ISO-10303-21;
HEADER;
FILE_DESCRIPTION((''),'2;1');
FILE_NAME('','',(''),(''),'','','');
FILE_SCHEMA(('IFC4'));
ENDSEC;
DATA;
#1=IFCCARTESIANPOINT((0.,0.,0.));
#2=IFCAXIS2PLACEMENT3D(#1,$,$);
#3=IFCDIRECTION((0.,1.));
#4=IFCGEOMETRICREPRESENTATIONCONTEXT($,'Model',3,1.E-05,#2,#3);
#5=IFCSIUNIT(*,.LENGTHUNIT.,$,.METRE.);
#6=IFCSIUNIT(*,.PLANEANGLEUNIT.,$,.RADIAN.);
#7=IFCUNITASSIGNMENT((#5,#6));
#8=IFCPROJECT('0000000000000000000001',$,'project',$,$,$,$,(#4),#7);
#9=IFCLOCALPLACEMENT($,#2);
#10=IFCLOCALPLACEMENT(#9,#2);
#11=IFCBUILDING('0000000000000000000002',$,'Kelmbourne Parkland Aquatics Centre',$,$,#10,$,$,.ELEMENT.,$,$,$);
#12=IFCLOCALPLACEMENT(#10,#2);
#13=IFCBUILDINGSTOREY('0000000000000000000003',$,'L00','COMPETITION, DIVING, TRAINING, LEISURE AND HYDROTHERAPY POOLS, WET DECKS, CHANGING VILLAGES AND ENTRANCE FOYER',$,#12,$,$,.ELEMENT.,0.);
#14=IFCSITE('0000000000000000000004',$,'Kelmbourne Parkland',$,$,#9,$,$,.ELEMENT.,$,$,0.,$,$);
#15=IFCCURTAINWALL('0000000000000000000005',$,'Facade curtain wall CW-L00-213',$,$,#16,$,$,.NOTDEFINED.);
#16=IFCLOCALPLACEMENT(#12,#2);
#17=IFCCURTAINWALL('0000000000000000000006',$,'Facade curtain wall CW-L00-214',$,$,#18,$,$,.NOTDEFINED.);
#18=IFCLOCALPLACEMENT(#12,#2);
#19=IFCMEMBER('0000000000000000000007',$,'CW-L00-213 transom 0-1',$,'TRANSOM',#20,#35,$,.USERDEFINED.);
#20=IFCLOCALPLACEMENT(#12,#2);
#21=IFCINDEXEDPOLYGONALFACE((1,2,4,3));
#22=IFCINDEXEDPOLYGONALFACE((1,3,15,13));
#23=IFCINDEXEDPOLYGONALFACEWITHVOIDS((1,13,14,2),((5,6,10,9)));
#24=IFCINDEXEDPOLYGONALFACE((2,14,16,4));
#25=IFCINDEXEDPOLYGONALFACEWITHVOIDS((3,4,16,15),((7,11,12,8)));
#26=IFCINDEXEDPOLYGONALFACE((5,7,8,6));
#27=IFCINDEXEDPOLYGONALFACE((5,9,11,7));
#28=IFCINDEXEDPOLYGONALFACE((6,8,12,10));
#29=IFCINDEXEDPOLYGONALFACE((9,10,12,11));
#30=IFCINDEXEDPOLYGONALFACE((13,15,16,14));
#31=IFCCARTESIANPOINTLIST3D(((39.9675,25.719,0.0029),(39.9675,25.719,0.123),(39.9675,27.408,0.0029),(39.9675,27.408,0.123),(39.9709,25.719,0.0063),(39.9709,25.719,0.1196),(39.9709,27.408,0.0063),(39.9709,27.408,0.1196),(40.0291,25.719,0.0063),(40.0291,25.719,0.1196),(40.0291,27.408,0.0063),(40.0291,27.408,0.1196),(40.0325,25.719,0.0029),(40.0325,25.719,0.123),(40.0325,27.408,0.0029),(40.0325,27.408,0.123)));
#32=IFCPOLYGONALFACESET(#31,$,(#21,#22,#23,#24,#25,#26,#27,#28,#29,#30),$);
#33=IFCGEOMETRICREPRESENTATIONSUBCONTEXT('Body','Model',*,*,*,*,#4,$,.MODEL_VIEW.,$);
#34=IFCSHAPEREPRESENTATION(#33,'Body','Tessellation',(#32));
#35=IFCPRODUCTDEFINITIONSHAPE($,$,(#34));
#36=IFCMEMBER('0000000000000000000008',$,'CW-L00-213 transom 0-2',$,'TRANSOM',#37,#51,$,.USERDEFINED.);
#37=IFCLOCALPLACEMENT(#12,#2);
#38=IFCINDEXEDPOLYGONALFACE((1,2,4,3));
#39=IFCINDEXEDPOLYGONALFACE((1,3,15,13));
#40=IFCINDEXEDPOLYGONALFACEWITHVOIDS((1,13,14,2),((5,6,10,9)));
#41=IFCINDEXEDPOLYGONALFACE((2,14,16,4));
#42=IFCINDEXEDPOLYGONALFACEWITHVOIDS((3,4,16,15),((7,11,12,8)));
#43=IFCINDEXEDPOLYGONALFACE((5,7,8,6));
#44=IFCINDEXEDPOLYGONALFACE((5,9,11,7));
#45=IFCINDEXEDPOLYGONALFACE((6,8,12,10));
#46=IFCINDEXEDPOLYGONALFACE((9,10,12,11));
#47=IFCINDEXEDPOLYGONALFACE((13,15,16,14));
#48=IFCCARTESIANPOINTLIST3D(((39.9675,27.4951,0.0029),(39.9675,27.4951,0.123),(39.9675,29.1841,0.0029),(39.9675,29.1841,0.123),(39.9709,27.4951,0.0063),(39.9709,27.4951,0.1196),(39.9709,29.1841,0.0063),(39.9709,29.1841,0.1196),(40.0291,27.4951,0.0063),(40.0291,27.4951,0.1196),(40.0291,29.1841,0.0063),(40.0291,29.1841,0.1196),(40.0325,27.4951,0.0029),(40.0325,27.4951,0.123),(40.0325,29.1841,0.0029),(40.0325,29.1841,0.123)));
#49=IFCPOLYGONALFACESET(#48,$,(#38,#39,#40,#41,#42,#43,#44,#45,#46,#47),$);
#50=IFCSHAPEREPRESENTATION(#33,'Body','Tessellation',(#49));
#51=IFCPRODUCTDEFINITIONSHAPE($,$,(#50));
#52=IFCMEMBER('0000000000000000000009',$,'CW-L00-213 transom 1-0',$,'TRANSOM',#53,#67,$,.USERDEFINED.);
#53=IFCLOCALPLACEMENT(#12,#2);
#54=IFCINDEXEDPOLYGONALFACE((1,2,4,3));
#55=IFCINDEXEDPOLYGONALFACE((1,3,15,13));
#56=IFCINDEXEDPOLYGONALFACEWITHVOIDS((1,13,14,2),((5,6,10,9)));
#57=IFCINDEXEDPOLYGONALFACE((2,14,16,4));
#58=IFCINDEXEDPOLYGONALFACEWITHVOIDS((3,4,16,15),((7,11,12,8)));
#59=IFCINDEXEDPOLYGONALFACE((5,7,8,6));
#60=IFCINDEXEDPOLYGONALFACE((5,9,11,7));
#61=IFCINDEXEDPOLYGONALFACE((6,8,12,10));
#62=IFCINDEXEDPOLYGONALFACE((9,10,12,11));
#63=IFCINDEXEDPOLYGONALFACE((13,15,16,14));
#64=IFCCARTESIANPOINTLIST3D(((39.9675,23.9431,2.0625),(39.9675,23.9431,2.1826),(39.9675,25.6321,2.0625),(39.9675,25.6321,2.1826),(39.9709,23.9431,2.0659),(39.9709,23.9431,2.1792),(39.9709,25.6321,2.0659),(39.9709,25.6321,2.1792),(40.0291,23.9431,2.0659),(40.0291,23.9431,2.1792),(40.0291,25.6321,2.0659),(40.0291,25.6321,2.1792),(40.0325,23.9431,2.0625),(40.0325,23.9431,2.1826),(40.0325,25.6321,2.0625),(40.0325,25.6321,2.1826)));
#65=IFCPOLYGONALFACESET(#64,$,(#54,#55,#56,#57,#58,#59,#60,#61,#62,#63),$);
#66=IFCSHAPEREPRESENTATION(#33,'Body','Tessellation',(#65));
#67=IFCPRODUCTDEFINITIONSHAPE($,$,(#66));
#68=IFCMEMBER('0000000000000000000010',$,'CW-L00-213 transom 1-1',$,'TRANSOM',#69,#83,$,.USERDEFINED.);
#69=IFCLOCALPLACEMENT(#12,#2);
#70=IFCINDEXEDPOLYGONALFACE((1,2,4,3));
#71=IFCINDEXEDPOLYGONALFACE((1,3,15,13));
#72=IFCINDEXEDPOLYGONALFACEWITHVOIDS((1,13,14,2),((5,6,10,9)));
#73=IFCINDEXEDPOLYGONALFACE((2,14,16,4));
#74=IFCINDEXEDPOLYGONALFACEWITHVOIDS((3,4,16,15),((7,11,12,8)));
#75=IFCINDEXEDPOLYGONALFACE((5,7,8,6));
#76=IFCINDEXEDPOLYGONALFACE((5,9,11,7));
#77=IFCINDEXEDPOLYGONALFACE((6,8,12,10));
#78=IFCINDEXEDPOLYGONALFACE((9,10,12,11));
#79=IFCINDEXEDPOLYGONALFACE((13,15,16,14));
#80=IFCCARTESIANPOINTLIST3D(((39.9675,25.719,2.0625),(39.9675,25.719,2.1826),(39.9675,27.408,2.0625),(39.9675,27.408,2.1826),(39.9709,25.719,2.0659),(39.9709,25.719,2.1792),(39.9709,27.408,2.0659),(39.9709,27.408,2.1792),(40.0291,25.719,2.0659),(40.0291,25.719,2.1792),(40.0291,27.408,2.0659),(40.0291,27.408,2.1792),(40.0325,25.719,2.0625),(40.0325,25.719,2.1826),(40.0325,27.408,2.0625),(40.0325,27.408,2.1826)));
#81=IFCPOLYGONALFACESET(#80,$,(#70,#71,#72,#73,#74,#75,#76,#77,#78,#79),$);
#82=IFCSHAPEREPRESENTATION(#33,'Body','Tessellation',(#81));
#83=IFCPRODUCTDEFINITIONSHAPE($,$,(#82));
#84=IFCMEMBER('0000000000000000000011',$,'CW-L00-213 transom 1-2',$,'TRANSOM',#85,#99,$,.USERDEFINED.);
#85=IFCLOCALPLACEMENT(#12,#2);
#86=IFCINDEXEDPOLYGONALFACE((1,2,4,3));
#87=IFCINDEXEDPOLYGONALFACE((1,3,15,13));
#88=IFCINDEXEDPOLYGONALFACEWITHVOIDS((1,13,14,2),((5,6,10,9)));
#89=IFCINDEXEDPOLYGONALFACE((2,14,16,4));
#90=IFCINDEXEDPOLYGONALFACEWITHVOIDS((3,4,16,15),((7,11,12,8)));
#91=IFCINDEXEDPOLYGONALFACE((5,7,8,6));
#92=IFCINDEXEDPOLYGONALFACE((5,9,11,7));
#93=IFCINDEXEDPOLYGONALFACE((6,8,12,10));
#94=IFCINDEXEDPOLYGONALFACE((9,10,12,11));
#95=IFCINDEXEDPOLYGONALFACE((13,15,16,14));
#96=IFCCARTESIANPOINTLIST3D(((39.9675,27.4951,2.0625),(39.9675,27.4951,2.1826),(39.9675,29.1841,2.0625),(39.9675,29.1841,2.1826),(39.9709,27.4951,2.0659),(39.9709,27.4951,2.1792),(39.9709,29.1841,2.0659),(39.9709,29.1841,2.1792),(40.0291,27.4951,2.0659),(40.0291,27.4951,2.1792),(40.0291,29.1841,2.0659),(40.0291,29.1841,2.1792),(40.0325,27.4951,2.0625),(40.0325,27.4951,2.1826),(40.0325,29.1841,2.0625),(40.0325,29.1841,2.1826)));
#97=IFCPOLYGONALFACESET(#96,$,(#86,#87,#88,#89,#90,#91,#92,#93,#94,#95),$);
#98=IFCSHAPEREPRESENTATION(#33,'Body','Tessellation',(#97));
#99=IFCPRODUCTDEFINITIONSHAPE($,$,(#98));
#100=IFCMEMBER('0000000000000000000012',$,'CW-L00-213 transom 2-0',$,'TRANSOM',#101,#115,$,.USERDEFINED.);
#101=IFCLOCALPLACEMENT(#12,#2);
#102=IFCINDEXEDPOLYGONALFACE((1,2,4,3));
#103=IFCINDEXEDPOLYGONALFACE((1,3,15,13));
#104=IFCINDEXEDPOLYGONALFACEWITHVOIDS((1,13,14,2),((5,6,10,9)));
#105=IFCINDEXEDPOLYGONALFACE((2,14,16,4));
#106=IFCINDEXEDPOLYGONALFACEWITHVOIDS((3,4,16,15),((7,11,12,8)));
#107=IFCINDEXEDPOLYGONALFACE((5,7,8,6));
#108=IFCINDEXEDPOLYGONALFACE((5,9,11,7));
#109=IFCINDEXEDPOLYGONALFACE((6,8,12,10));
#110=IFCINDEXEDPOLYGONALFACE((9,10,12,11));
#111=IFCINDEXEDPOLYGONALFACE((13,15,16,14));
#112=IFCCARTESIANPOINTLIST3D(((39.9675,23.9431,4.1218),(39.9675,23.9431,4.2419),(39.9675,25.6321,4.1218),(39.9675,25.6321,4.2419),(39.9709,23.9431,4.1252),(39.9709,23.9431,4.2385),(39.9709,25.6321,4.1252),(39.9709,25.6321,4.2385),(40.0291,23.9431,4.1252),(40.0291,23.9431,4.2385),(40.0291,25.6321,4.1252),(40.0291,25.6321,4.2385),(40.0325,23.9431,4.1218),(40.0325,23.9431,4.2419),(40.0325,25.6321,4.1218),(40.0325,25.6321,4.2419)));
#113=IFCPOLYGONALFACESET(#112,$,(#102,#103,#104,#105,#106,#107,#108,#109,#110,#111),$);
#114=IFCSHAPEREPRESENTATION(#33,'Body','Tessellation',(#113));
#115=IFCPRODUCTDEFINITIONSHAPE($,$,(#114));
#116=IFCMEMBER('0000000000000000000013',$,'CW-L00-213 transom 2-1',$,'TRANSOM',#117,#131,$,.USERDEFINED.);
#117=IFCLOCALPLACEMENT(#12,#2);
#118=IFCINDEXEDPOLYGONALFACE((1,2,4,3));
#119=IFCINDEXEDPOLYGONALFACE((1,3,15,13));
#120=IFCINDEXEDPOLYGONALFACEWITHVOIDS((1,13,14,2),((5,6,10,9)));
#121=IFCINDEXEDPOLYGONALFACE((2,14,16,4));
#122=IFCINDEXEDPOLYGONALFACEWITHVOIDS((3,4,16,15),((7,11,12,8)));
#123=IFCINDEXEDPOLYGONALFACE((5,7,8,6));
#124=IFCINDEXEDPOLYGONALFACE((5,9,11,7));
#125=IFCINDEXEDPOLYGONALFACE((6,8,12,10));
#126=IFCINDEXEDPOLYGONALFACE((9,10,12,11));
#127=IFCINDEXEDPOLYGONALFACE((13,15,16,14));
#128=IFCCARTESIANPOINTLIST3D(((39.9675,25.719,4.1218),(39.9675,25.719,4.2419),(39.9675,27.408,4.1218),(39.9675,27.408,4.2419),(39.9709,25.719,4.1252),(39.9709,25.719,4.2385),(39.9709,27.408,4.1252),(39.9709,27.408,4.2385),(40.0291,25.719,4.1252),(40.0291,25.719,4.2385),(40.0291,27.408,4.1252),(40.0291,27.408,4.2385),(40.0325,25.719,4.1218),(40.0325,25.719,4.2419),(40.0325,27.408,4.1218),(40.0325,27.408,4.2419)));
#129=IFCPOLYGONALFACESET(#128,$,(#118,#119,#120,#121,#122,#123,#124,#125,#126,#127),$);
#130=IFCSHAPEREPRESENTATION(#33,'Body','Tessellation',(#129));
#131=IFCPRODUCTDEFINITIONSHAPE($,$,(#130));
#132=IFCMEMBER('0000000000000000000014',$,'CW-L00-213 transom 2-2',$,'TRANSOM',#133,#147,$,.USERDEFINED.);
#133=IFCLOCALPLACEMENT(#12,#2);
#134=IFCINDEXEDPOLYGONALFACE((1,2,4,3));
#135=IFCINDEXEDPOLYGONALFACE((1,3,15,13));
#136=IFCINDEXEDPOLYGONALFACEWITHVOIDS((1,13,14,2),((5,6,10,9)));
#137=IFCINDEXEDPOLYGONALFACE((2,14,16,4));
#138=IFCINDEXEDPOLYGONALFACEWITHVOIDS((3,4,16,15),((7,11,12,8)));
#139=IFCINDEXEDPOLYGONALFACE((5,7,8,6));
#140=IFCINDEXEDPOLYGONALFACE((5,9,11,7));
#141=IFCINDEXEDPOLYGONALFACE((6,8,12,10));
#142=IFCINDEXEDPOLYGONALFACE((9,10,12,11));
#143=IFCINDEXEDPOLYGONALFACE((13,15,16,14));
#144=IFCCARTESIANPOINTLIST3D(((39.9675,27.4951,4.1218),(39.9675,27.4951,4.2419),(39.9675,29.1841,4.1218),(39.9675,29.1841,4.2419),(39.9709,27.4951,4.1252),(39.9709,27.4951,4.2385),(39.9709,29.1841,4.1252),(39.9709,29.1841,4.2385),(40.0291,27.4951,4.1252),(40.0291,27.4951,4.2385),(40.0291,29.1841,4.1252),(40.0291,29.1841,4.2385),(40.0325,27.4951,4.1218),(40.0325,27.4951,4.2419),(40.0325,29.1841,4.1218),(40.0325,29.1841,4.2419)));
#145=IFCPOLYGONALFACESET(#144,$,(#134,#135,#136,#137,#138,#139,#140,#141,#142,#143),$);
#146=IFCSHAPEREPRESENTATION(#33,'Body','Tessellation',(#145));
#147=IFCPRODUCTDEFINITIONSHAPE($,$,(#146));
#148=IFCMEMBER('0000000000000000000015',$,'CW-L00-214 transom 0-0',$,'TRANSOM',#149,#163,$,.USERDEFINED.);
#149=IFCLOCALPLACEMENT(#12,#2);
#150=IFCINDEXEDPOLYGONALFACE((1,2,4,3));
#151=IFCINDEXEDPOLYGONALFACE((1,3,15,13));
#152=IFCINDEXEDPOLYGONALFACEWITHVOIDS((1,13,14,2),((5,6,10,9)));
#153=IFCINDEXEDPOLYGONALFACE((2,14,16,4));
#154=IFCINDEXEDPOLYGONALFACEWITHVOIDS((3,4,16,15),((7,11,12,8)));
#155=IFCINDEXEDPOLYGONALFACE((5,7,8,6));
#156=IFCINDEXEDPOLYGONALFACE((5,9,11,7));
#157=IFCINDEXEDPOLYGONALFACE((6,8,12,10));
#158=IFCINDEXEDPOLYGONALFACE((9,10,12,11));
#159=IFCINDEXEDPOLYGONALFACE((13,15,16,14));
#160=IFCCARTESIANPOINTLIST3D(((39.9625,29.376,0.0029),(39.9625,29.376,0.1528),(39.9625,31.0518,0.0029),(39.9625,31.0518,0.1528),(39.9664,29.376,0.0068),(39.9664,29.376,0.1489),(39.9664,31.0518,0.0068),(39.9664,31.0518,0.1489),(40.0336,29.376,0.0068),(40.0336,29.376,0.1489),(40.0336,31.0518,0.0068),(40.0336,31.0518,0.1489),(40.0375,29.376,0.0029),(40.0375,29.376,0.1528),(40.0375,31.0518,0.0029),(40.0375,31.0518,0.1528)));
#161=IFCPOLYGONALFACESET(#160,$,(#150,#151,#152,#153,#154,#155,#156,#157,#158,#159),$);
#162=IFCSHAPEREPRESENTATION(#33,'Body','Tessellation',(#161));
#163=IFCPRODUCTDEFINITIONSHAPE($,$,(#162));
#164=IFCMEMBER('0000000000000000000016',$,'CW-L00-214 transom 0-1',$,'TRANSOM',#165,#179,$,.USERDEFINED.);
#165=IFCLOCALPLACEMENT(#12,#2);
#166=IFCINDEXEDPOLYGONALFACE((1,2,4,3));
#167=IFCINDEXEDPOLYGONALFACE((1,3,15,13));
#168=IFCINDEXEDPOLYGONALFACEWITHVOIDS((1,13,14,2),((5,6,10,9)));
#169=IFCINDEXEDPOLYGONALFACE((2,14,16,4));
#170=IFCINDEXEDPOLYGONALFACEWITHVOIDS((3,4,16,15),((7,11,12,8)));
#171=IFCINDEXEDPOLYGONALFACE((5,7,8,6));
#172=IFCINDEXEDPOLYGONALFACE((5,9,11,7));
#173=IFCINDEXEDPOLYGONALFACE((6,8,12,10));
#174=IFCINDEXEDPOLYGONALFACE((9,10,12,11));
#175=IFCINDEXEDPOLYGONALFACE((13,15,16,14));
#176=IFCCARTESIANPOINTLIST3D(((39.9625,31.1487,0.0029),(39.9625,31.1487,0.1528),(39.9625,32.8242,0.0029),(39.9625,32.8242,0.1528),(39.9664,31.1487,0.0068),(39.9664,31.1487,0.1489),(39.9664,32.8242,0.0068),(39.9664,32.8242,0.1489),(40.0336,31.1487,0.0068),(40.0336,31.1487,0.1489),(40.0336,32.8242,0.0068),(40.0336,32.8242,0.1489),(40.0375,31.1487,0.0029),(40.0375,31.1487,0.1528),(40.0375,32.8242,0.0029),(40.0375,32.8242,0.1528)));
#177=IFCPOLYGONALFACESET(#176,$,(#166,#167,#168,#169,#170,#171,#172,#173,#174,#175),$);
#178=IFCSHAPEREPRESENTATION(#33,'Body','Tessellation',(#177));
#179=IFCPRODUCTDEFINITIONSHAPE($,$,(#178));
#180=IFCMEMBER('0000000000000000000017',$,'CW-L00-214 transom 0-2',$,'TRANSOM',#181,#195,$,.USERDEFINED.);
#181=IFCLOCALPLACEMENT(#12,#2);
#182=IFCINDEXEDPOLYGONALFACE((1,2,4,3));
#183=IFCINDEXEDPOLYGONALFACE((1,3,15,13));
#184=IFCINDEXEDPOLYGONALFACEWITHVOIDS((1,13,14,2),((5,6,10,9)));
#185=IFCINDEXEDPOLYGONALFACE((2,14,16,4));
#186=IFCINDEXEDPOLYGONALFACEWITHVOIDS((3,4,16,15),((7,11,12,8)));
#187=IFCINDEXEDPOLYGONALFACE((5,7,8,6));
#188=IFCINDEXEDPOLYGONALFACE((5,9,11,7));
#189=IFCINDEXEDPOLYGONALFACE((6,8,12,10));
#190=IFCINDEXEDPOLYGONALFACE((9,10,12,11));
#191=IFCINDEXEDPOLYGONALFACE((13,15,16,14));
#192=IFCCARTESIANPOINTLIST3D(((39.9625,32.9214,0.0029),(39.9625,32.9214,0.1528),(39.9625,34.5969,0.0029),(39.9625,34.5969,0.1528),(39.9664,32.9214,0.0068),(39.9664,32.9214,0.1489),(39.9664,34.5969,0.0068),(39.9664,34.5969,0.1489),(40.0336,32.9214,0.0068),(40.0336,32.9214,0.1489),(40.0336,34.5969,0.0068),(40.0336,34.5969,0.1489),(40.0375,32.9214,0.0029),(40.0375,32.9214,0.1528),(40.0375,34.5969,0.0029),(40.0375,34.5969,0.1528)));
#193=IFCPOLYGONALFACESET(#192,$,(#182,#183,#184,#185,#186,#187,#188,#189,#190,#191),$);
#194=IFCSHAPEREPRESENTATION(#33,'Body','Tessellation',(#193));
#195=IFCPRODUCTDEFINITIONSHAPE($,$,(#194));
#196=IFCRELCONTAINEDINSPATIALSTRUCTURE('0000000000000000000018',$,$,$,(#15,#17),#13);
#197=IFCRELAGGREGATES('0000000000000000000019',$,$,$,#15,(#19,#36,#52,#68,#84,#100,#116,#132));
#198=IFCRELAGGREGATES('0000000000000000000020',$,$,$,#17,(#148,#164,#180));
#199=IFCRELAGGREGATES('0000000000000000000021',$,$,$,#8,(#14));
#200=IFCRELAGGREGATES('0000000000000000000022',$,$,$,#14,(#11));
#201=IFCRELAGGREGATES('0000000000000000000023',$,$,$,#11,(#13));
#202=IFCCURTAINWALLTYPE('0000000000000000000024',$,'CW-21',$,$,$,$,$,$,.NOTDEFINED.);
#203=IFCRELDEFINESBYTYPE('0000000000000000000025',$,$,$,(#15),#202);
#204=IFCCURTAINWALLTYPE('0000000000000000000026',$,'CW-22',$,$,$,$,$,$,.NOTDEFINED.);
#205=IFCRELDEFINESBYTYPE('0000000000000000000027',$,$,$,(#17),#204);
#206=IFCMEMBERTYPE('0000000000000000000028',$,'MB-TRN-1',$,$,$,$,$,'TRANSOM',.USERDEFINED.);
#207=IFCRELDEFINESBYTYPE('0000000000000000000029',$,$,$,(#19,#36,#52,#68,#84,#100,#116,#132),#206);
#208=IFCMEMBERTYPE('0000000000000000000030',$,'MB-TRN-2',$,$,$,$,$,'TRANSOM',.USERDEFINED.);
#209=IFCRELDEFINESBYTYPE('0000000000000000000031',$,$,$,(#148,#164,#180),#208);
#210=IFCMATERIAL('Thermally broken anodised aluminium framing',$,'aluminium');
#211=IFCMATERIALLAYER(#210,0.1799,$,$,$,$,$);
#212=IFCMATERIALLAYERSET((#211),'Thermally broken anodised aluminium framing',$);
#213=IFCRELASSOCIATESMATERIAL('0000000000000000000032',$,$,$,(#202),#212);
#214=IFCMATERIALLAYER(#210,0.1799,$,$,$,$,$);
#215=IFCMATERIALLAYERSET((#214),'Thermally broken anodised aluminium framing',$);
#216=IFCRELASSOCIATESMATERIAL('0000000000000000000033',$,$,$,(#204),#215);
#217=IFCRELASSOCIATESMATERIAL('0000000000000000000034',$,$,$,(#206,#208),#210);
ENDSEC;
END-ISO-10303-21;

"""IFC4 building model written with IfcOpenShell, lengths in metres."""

from ifc_helpers import new_model, si_unit, direction, frame, origin, origin_2d, place, context, subcontext, project, spatial, hollow_rectangle, extrude, material, layer, layer_set, material_profile, profile_set, type_object, element, aggregate, save


model = new_model("IFC4")

# Units and contexts
model_context = context("Model", 3, precision=1e-05, world=origin(), true_north=direction((0.0, 1.0)))
body_context = subcontext(model_context, "Body", "Model", "MODEL_VIEW")
ifc_project = project(units=[si_unit("LENGTHUNIT", "METRE"), si_unit("PLANEANGLEUNIT", "RADIAN")], contexts=[model_context])

# Site, building, storey
site_placement = place(None, origin())
site = spatial("IfcSite", under=ifc_project, at=site_placement, Name="Kelmbourne Parkland", CompositionType="ELEMENT", RefElevation=0.0)
building_placement = place(site_placement, origin())
building = spatial("IfcBuilding", under=site, at=building_placement, Name="Kelmbourne Parkland Aquatics Centre", CompositionType="ELEMENT")
storey_placement = place(building_placement, origin())
storey = spatial("IfcBuildingStorey", under=building, at=storey_placement, Name="L00", Description="COMPETITION, DIVING, TRAINING, LEISURE AND HYDROTHERAPY POOLS, WET DECKS, CHANGING VILLAGES AND ENTRANCE FOYER", CompositionType="ELEMENT", Elevation=0.0)

# Curtain walls
ifc_material_1 = material(Name="Thermally broken anodised aluminium framing", Category="aluminium")
ifc_layer_1 = layer(ifc_material_1, 0.1799)
ifc_layer_set_1 = layer_set([ifc_layer_1], Name="Thermally broken anodised aluminium framing")
curtain_wall_type_1 = type_object("IfcCurtainWallType", Name="CW-21", PredefinedType="NOTDEFINED", material=ifc_layer_set_1)
curtain_wall_1_placement = place(storey_placement, origin())
curtain_wall_1 = element("IfcCurtainWall", 1, at=curtain_wall_1_placement, inside=storey, type_object=curtain_wall_type_1, Name="Facade curtain wall CW-L00-213", PredefinedType="NOTDEFINED")
ifc_layer_2 = layer(ifc_material_1, 0.1799)
ifc_layer_set_2 = layer_set([ifc_layer_2], Name="Thermally broken anodised aluminium framing")
curtain_wall_type_2 = type_object("IfcCurtainWallType", Name="CW-22", PredefinedType="NOTDEFINED", material=ifc_layer_set_2)
curtain_wall_2_placement = place(storey_placement, origin())
curtain_wall_2 = element("IfcCurtainWall", 2, at=curtain_wall_2_placement, inside=storey, type_object=curtain_wall_type_2, Name="Facade curtain wall CW-L00-214", PredefinedType="NOTDEFINED")

# Members
ifc_material_profile_1 = material_profile(ifc_material_1, hollow_rectangle(XDim=0.0649, YDim=0.1201, WallThickness=0.0034, at=origin_2d()), Name="CW-T 65x120")
ifc_profile_set_1 = profile_set([ifc_material_profile_1], Name="Thermally broken anodised aluminium framing")
member_type_1 = type_object("IfcMemberType", Name="MB-TRN-1", ElementType="TRANSOM", PredefinedType="USERDEFINED", material=ifc_profile_set_1)
member_1_placement = place(storey_placement, frame((40.0, 25.719, 0.063), z_axis=(0.0, 1.0, 0.0), x_axis=(-1.0, 0.0, 0.0)))
member_1 = element("IfcMember", 3, at=member_1_placement, type_object=member_type_1, Name="CW-L00-213 transom 0-1", ObjectType="TRANSOM", PredefinedType="USERDEFINED", context=body_context, shape_type="SweptSolid", body=[
    extrude(hollow_rectangle(XDim=0.0649, YDim=0.1201, WallThickness=0.0034, at=origin_2d()), origin(), (0.0, 0.0, 1.0), 1.689),
])
member_2_placement = place(storey_placement, frame((40.0, 27.4951, 0.063), z_axis=(0.0, 1.0, 0.0), x_axis=(-1.0, 0.0, 0.0)))
member_2 = element("IfcMember", 4, at=member_2_placement, type_object=member_type_1, Name="CW-L00-213 transom 0-2", ObjectType="TRANSOM", PredefinedType="USERDEFINED", context=body_context, shape_type="SweptSolid", body=[
    extrude(hollow_rectangle(XDim=0.0649, YDim=0.1201, WallThickness=0.0034, at=origin_2d()), origin(), (0.0, 0.0, 1.0), 1.689),
])
member_3_placement = place(storey_placement, frame((40.0, 23.9431, 2.1226), z_axis=(0.0, 1.0, 0.0), x_axis=(-1.0, 0.0, 0.0)))
member_3 = element("IfcMember", 5, at=member_3_placement, type_object=member_type_1, Name="CW-L00-213 transom 1-0", ObjectType="TRANSOM", PredefinedType="USERDEFINED", context=body_context, shape_type="SweptSolid", body=[
    extrude(hollow_rectangle(XDim=0.0649, YDim=0.1201, WallThickness=0.0034, at=origin_2d()), origin(), (0.0, 0.0, 1.0), 1.689),
])
member_4_placement = place(storey_placement, frame((40.0, 25.719, 2.1226), z_axis=(0.0, 1.0, 0.0), x_axis=(-1.0, 0.0, 0.0)))
member_4 = element("IfcMember", 6, at=member_4_placement, type_object=member_type_1, Name="CW-L00-213 transom 1-1", ObjectType="TRANSOM", PredefinedType="USERDEFINED", context=body_context, shape_type="SweptSolid", body=[
    extrude(hollow_rectangle(XDim=0.0649, YDim=0.1201, WallThickness=0.0034, at=origin_2d()), origin(), (0.0, 0.0, 1.0), 1.689),
])
member_5_placement = place(storey_placement, frame((40.0, 27.4951, 2.1226), z_axis=(0.0, 1.0, 0.0), x_axis=(-1.0, 0.0, 0.0)))
member_5 = element("IfcMember", 7, at=member_5_placement, type_object=member_type_1, Name="CW-L00-213 transom 1-2", ObjectType="TRANSOM", PredefinedType="USERDEFINED", context=body_context, shape_type="SweptSolid", body=[
    extrude(hollow_rectangle(XDim=0.0649, YDim=0.1201, WallThickness=0.0034, at=origin_2d()), origin(), (0.0, 0.0, 1.0), 1.689),
])
member_6_placement = place(storey_placement, frame((40.0, 23.9431, 4.1819), z_axis=(0.0, 1.0, 0.0), x_axis=(-1.0, 0.0, 0.0)))
member_6 = element("IfcMember", 8, at=member_6_placement, type_object=member_type_1, Name="CW-L00-213 transom 2-0", ObjectType="TRANSOM", PredefinedType="USERDEFINED", context=body_context, shape_type="SweptSolid", body=[
    extrude(hollow_rectangle(XDim=0.0649, YDim=0.1201, WallThickness=0.0034, at=origin_2d()), origin(), (0.0, 0.0, 1.0), 1.689),
])
member_7_placement = place(storey_placement, frame((40.0, 25.719, 4.1819), z_axis=(0.0, 1.0, 0.0), x_axis=(-1.0, 0.0, 0.0)))
member_7 = element("IfcMember", 9, at=member_7_placement, type_object=member_type_1, Name="CW-L00-213 transom 2-1", ObjectType="TRANSOM", PredefinedType="USERDEFINED", context=body_context, shape_type="SweptSolid", body=[
    extrude(hollow_rectangle(XDim=0.0649, YDim=0.1201, WallThickness=0.0034, at=origin_2d()), origin(), (0.0, 0.0, 1.0), 1.689),
])
member_8_placement = place(storey_placement, frame((40.0, 27.4951, 4.1819), z_axis=(0.0, 1.0, 0.0), x_axis=(-1.0, 0.0, 0.0)))
member_8 = element("IfcMember", 10, at=member_8_placement, type_object=member_type_1, Name="CW-L00-213 transom 2-2", ObjectType="TRANSOM", PredefinedType="USERDEFINED", context=body_context, shape_type="SweptSolid", body=[
    extrude(hollow_rectangle(XDim=0.0649, YDim=0.1201, WallThickness=0.0034, at=origin_2d()), origin(), (0.0, 0.0, 1.0), 1.689),
])
ifc_material_profile_2 = material_profile(ifc_material_1, hollow_rectangle(XDim=0.075, YDim=0.1499, WallThickness=0.0039, at=origin_2d()), Name="CW-T 75x150")
ifc_profile_set_2 = profile_set([ifc_material_profile_2], Name="Thermally broken anodised aluminium framing")
member_type_2 = type_object("IfcMemberType", Name="MB-TRN-2", ElementType="TRANSOM", PredefinedType="USERDEFINED", material=ifc_profile_set_2)
member_9_placement = place(storey_placement, frame((40.0, 29.376, 0.0779), z_axis=(0.0, 1.0, 0.0), x_axis=(-1.0, 0.0, 0.0)))
member_9 = element("IfcMember", 11, at=member_9_placement, type_object=member_type_2, Name="CW-L00-214 transom 0-0", ObjectType="TRANSOM", PredefinedType="USERDEFINED", context=body_context, shape_type="SweptSolid", body=[
    extrude(hollow_rectangle(XDim=0.075, YDim=0.1499, WallThickness=0.0039, at=origin_2d()), origin(), (0.0, 0.0, 1.0), 1.6758),
])
member_10_placement = place(storey_placement, frame((40.0, 31.1487, 0.0779), z_axis=(0.0, 1.0, 0.0), x_axis=(-1.0, 0.0, 0.0)))
member_10 = element("IfcMember", 12, at=member_10_placement, type_object=member_type_2, Name="CW-L00-214 transom 0-1", ObjectType="TRANSOM", PredefinedType="USERDEFINED", context=body_context, shape_type="SweptSolid", body=[
    extrude(hollow_rectangle(XDim=0.075, YDim=0.1499, WallThickness=0.0039, at=origin_2d()), origin(), (0.0, 0.0, 1.0), 1.6755),
])
member_11_placement = place(storey_placement, frame((40.0, 32.9214, 0.0779), z_axis=(0.0, 1.0, 0.0), x_axis=(-1.0, 0.0, 0.0)))
member_11 = element("IfcMember", 13, at=member_11_placement, type_object=member_type_2, Name="CW-L00-214 transom 0-2", ObjectType="TRANSOM", PredefinedType="USERDEFINED", context=body_context, shape_type="SweptSolid", body=[
    extrude(hollow_rectangle(XDim=0.075, YDim=0.1499, WallThickness=0.0039, at=origin_2d()), origin(), (0.0, 0.0, 1.0), 1.6755),
])

aggregate(curtain_wall_1, [member_1, member_2, member_3, member_4, member_5, member_6, member_7, member_8])
aggregate(curtain_wall_2, [member_9, member_10, member_11])

save(model, "model.ifc")
